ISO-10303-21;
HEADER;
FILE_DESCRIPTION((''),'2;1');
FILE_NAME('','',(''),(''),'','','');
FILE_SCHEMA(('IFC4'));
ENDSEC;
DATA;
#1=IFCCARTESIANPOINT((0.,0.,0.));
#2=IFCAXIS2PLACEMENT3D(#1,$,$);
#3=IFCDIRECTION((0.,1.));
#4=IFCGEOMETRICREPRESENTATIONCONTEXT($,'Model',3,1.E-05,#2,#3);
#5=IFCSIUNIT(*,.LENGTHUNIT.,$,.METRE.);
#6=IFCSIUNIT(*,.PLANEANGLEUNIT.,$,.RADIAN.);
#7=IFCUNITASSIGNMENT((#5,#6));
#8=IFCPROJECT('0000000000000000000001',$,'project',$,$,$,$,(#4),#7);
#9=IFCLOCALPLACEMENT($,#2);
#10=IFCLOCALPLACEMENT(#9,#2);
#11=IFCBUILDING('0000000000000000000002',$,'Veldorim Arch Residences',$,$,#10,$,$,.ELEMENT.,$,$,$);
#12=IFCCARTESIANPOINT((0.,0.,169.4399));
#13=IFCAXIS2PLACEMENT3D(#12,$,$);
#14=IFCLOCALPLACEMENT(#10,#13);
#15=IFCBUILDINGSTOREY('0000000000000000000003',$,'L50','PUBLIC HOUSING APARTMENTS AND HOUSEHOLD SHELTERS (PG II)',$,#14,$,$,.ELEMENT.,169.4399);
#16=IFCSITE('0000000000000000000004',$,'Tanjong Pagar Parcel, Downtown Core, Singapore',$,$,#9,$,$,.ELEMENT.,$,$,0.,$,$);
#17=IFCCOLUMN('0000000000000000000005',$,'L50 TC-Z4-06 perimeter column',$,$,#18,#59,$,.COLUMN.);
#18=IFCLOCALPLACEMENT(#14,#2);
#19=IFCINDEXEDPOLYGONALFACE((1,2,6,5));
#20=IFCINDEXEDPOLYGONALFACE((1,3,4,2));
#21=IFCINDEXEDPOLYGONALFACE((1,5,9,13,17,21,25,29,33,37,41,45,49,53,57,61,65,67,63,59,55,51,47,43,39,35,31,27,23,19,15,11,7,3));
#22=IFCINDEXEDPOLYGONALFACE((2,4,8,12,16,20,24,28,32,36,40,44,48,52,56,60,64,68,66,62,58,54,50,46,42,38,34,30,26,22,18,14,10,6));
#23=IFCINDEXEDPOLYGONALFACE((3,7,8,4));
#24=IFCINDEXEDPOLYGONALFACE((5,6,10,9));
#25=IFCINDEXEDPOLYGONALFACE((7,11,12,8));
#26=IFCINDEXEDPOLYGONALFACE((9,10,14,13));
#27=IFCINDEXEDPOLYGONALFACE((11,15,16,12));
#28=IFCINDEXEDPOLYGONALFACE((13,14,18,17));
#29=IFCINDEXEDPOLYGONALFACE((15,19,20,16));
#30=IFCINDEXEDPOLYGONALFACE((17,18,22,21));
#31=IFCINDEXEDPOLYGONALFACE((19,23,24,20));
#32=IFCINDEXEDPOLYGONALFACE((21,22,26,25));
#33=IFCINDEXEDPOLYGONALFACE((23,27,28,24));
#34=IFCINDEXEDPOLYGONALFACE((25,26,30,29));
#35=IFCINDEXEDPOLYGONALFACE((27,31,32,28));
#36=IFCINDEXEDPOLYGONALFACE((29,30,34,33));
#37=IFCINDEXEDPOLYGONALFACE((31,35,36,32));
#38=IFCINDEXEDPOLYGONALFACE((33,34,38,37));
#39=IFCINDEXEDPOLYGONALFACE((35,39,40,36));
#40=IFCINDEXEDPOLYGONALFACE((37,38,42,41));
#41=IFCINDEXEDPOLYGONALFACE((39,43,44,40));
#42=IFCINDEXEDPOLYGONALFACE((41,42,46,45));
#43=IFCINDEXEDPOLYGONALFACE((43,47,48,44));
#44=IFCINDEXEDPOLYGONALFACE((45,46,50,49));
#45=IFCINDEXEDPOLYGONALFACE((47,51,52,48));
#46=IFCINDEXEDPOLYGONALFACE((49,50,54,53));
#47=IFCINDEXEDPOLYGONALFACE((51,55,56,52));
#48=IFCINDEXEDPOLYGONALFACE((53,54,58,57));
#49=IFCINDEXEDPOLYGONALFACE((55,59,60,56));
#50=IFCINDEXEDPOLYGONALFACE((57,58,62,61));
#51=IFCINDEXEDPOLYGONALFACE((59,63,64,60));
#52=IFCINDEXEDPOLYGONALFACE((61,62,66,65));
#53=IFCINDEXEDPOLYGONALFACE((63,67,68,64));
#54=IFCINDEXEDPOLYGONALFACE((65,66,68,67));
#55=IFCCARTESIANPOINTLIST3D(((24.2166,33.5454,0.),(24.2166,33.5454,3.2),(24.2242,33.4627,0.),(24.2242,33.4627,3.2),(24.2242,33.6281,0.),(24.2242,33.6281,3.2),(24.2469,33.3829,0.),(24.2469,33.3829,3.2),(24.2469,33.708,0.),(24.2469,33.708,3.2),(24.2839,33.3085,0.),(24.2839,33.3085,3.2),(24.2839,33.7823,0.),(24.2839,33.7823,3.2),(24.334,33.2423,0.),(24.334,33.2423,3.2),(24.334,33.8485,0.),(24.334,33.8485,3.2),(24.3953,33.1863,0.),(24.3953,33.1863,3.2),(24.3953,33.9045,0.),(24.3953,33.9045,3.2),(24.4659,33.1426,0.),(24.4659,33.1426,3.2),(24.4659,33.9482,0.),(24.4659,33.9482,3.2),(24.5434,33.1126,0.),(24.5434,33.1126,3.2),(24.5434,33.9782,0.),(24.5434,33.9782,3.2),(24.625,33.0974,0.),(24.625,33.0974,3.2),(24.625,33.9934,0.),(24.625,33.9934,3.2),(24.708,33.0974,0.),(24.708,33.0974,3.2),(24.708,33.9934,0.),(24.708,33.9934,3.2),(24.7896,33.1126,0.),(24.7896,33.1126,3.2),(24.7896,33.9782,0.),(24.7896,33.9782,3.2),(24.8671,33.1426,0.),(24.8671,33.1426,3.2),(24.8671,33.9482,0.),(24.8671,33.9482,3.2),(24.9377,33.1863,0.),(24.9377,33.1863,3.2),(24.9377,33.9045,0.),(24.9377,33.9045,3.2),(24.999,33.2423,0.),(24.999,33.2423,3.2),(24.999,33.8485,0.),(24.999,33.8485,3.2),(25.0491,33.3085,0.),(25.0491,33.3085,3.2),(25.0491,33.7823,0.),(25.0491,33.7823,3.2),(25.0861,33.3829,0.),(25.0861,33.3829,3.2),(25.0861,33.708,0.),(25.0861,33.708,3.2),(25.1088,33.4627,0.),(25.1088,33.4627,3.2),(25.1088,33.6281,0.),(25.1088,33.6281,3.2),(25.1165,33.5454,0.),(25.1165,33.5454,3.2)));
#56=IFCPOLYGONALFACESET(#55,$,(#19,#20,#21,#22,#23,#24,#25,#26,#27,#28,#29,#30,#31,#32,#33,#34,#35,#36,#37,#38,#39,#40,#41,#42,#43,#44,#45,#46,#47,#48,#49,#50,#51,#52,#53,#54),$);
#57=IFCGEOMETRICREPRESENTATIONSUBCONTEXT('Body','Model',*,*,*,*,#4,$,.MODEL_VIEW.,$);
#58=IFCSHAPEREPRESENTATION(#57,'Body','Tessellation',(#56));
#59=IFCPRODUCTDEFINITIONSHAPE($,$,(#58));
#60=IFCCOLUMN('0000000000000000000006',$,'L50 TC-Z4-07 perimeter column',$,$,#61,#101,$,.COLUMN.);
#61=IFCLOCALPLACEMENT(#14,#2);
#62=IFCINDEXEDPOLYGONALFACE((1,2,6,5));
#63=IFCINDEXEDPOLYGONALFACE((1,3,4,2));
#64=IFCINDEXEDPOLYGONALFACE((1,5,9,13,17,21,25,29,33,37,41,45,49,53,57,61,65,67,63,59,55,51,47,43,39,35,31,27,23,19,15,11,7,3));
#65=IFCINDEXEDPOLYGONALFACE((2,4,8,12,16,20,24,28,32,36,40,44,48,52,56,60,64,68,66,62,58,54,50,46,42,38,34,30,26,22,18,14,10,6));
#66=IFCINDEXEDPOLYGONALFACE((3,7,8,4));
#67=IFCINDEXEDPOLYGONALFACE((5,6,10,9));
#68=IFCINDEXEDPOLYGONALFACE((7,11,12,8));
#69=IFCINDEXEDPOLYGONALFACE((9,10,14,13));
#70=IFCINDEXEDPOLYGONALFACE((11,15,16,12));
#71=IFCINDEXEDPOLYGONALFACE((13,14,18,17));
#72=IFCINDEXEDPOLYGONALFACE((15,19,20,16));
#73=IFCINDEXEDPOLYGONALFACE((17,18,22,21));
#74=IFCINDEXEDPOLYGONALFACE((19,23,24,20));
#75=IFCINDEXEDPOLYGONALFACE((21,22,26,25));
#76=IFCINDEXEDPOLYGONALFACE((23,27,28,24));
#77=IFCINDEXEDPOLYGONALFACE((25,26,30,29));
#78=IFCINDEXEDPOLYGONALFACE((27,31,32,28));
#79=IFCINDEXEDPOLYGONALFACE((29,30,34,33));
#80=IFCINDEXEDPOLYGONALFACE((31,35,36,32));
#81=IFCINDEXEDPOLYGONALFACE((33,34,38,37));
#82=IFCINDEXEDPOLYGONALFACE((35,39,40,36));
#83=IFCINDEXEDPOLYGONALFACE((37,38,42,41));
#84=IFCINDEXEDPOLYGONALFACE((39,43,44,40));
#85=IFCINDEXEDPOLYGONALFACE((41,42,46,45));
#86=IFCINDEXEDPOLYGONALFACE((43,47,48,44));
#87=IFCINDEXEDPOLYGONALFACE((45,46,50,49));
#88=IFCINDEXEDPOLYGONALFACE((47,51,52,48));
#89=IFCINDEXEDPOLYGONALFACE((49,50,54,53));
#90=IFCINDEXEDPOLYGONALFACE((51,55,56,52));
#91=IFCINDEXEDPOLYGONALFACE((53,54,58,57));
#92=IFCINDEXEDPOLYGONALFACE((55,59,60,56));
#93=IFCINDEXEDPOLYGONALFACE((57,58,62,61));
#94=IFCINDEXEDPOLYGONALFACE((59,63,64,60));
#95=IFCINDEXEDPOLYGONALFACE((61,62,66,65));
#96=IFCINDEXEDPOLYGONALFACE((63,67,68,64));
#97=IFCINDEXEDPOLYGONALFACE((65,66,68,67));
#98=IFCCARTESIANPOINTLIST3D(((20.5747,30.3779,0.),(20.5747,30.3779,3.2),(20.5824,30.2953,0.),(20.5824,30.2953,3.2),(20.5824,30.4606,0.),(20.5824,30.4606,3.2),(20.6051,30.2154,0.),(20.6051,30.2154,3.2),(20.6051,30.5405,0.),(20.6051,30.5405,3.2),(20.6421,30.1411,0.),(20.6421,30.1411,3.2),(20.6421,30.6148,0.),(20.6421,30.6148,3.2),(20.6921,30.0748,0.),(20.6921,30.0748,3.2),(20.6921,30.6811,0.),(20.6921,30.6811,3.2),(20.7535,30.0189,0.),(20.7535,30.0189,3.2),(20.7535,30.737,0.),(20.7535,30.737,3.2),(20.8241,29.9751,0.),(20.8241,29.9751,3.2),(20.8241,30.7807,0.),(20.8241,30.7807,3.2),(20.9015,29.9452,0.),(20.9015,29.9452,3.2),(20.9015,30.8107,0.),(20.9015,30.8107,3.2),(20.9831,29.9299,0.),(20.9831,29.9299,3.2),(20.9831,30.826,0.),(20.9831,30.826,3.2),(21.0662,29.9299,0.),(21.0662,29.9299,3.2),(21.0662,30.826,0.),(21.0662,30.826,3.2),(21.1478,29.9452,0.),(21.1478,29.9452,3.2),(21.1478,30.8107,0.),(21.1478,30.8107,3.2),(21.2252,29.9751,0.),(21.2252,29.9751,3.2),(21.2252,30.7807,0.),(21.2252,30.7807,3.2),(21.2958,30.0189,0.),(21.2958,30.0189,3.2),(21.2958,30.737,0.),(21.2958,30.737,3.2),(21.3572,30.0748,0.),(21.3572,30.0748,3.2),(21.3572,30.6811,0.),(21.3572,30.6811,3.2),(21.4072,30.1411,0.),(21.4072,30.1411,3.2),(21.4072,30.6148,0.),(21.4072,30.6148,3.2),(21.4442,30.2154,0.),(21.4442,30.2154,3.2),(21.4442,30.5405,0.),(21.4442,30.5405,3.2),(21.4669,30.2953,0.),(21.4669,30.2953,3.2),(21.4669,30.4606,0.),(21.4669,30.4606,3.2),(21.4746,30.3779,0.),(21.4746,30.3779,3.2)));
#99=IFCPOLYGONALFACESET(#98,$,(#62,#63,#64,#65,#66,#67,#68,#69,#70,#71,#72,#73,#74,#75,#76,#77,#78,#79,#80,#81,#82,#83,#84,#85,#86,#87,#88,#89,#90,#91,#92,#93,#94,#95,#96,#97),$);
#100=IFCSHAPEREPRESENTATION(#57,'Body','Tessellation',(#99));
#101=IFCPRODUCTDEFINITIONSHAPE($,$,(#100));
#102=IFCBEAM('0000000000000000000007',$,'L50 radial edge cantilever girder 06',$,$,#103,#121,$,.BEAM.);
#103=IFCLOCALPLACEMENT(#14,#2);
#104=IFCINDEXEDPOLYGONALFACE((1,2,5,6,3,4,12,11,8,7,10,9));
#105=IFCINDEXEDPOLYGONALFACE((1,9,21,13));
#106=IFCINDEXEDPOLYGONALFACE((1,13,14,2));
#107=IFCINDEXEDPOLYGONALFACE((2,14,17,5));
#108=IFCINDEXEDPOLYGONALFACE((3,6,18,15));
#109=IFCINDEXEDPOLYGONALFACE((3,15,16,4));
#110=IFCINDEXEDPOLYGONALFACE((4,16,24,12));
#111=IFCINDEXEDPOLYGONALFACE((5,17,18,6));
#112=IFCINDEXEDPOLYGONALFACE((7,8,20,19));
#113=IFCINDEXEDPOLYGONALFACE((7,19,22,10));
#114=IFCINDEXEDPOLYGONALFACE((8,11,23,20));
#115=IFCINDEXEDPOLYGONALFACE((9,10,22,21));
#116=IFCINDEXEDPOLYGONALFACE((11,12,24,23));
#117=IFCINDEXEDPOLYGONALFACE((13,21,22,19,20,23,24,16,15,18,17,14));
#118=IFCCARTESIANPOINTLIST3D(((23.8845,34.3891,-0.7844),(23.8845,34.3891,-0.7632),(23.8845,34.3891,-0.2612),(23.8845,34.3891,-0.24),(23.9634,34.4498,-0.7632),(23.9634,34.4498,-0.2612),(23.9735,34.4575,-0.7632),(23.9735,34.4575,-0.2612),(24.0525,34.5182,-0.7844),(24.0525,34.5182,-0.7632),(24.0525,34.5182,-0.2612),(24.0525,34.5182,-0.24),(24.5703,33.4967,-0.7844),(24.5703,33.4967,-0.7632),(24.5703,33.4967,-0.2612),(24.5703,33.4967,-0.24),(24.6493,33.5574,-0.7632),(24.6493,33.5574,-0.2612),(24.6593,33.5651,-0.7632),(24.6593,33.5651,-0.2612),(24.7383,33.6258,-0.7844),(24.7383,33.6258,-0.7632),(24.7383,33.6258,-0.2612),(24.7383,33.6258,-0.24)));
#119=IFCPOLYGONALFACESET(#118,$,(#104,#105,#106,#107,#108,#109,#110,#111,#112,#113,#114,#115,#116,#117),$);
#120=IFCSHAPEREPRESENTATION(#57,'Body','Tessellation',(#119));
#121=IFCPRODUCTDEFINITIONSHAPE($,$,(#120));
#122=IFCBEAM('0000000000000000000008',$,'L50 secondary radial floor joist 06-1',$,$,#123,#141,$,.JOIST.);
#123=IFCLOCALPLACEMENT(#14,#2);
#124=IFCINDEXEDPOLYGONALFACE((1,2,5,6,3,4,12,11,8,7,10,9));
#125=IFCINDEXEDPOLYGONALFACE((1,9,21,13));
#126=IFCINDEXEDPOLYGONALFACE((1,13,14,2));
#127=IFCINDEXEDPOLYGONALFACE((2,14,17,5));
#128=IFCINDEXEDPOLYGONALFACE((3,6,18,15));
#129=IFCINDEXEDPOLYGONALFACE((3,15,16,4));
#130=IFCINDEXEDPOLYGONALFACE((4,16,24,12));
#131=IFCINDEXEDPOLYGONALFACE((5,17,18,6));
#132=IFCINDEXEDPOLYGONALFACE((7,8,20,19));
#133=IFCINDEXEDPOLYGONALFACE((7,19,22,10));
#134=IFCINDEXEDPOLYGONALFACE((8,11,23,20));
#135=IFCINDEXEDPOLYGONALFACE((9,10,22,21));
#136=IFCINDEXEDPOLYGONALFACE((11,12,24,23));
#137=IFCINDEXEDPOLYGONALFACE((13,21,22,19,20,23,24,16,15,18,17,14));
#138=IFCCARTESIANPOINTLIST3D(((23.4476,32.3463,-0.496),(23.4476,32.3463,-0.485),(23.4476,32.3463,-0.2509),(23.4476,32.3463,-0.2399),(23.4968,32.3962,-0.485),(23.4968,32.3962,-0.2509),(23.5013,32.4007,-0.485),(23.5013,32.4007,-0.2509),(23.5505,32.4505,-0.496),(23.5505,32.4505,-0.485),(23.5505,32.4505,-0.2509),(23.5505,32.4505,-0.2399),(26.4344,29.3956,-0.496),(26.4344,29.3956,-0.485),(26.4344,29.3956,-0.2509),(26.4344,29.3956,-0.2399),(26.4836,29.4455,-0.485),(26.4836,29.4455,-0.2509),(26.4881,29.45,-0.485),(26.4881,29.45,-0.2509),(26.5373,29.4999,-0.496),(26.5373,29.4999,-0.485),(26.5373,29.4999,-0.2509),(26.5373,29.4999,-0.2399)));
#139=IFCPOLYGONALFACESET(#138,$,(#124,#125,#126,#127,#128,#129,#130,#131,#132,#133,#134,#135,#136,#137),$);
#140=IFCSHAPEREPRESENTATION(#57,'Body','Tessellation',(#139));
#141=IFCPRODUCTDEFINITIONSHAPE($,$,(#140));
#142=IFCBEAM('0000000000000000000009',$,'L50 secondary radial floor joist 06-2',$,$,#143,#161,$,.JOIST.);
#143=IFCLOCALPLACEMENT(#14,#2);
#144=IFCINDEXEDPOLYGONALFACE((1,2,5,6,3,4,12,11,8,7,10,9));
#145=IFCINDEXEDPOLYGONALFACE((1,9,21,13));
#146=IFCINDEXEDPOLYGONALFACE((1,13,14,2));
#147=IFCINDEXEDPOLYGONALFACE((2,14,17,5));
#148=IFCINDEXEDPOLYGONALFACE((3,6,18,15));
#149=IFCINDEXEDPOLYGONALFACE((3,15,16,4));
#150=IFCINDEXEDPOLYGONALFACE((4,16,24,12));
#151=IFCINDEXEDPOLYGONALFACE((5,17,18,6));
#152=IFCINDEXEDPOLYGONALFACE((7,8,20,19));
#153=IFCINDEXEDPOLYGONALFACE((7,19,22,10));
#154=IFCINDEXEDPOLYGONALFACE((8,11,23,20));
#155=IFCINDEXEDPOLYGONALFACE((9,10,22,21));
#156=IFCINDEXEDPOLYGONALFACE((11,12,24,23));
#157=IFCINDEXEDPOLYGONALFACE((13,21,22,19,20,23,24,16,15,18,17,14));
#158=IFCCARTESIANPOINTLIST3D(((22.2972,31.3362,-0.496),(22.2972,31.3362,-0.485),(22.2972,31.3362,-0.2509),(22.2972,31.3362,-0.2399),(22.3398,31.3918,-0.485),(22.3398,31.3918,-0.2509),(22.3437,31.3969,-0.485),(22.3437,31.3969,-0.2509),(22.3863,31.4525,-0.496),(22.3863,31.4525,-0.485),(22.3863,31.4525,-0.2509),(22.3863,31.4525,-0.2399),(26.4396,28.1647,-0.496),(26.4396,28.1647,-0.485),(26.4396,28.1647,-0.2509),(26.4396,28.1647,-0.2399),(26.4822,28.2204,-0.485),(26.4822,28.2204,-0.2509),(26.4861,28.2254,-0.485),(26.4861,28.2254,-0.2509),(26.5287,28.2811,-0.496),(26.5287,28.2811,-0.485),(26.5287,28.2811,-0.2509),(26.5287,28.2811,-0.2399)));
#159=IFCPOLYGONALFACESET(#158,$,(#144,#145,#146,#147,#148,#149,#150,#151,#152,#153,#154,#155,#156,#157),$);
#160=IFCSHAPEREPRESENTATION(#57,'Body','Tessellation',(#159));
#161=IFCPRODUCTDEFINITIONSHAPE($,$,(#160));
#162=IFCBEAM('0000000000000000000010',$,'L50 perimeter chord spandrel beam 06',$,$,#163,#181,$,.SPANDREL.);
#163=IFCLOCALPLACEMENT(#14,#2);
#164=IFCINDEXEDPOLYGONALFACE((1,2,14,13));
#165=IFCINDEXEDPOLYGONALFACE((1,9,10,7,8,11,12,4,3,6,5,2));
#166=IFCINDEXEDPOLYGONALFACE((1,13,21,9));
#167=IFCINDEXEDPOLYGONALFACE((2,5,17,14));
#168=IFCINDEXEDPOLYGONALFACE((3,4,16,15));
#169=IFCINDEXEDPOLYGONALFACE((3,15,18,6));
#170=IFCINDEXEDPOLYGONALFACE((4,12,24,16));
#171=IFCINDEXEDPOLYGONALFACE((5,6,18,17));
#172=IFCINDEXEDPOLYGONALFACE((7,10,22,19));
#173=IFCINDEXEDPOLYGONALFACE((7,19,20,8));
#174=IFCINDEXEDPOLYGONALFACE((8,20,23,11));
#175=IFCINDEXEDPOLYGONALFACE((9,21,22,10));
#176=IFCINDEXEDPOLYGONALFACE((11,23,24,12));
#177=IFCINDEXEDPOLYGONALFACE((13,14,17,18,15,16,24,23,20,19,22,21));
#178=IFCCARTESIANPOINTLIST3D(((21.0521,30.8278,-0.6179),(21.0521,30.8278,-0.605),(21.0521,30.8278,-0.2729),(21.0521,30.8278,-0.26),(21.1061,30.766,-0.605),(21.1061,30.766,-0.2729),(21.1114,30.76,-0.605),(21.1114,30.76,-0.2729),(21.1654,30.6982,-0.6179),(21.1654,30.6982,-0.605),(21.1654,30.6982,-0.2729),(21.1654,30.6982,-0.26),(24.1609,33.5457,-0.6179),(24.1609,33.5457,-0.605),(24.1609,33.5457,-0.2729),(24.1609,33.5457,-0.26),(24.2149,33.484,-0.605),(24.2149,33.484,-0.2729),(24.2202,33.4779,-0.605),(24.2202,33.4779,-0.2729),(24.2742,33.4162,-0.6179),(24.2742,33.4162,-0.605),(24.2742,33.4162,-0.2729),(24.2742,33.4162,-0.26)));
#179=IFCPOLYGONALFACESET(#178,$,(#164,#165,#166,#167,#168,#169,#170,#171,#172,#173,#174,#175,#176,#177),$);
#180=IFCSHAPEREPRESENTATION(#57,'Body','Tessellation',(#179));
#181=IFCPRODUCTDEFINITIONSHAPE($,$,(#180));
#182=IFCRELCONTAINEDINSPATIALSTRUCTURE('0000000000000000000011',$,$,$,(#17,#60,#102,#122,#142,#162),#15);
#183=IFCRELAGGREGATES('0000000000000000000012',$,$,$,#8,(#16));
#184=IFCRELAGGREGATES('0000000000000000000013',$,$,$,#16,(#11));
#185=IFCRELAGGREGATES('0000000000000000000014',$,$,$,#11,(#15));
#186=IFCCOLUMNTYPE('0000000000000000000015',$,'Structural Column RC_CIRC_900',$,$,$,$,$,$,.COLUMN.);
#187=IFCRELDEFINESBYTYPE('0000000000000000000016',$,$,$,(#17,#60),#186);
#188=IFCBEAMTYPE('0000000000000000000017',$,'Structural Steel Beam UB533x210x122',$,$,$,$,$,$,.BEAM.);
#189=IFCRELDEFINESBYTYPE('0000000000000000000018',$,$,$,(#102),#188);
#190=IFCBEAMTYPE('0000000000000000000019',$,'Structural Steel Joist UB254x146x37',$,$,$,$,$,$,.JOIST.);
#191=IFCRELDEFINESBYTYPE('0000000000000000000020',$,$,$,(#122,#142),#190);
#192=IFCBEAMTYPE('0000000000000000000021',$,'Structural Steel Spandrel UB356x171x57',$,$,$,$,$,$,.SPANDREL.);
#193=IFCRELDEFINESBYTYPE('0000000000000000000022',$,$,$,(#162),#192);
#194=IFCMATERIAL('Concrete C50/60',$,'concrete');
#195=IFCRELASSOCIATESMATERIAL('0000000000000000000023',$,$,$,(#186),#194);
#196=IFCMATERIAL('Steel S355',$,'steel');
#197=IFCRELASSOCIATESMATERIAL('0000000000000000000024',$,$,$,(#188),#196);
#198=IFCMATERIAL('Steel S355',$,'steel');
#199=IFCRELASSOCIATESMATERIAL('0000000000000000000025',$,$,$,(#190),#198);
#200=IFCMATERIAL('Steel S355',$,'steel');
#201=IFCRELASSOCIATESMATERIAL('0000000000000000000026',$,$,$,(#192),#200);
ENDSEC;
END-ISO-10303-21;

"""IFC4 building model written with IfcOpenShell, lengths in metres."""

from ifc_helpers import new_model, si_unit, direction, frame, origin, origin_2d, place, context, subcontext, project, spatial, circle, i_section, extrude, material, material_profile, profile_set, type_object, element, save


model = new_model("IFC4")

# Units and contexts
model_context = context("Model", 3, precision=1e-05, world=origin(), true_north=direction((0.0, 1.0)))
body_context = subcontext(model_context, "Body", "Model", "MODEL_VIEW")
ifc_project = project(units=[si_unit("LENGTHUNIT", "METRE"), si_unit("PLANEANGLEUNIT", "RADIAN")], contexts=[model_context])

# Site, building, storey
site_placement = place(None, origin())
site = spatial("IfcSite", under=ifc_project, at=site_placement, Name="Tanjong Pagar Parcel, Downtown Core, Singapore", CompositionType="ELEMENT", RefElevation=0.0)
building_placement = place(site_placement, origin())
building = spatial("IfcBuilding", under=site, at=building_placement, Name="Veldorim Arch Residences", CompositionType="ELEMENT")
storey_placement = place(building_placement, frame((0.0, 0.0, 169.4399)))
storey = spatial("IfcBuildingStorey", under=building, at=storey_placement, Name="L50", Description="PUBLIC HOUSING APARTMENTS AND HOUSEHOLD SHELTERS (PG II)", CompositionType="ELEMENT", Elevation=169.4399)

# Columns
ifc_material_1 = material(Name="Concrete C50/60", Category="concrete")
ifc_material_profile_1 = material_profile(ifc_material_1, circle(Radius=0.45, at=origin_2d()), Name="RC_CIRC_900")
ifc_profile_set_1 = profile_set([ifc_material_profile_1], Name="Concrete C50/60")
column_type = type_object("IfcColumnType", Name="Structural Column RC_CIRC_900", PredefinedType="COLUMN", material=ifc_profile_set_1)
for number, where, z_axis, x_axis, name in (
    (1, (24.6665, 33.5454, 0.0), (0.0, 0.0, 1.0), (1.0, 0.0, 0.0), "L50 TC-Z4-06 perimeter column"),
    (2, (21.0247, 30.3779, 0.0), (0.0, 0.0, 1.0), (1.0, 0.0, 0.0), "L50 TC-Z4-07 perimeter column"),
):
    element("IfcColumn", number, at=place(storey_placement, frame(where, z_axis=z_axis, x_axis=x_axis)), inside=storey, type_object=column_type, Name=name, PredefinedType="COLUMN", context=body_context, shape_type="SweptSolid", body=[
        extrude(circle(Radius=0.45, at=origin_2d()), origin(), (0.0, 0.0, 1.0), 3.2),
    ])

# Beams
ifc_material_2 = material(Name="Steel S355", Category="steel")
ifc_material_profile_2 = material_profile(ifc_material_2, i_section(OverallWidth=0.2119, OverallDepth=0.5444, WebThickness=0.0127, FlangeThickness=0.0212, at=origin_2d()), Name="UB533x210x122")
ifc_profile_set_2 = profile_set([ifc_material_profile_2], Name="Steel S355")
beam_type_1 = type_object("IfcBeamType", Name="Structural Steel Beam UB533x210x122", PredefinedType="BEAM", material=ifc_profile_set_2)
beam_1_placement = place(storey_placement, frame((24.6543, 33.5613, -0.5122), z_axis=(-0.609365, 0.79289, 0.0), x_axis=(-0.79289, -0.609365, 0.0)))
element("IfcBeam", 3, at=beam_1_placement, inside=storey, type_object=beam_type_1, Name="L50 radial edge cantilever girder 06", PredefinedType="BEAM", context=body_context, shape_type="SweptSolid", body=[
    extrude(i_section(OverallWidth=0.2119, OverallDepth=0.5444, WebThickness=0.0127, FlangeThickness=0.0212, at=origin_2d()), origin(), (0.0, 0.0, 1.0), 1.1255),
])
ifc_material_3 = material(Name="Steel S355", Category="steel")
ifc_material_profile_3 = material_profile(ifc_material_3, i_section(OverallWidth=0.1465, OverallDepth=0.2561, WebThickness=0.0063, FlangeThickness=0.011, at=origin_2d()), Name="UB254x146x37")
ifc_profile_set_3 = profile_set([ifc_material_profile_3], Name="Steel S355")
beam_type_2 = type_object("IfcBeamType", Name="Structural Steel Joist UB254x146x37", PredefinedType="JOIST", material=ifc_profile_set_3)
beam_2_placement = place(storey_placement, frame((26.4858, 29.4478, -0.3679), z_axis=(-0.711397, 0.702791, 0.0), x_axis=(-0.702791, -0.711397, 0.0)))
element("IfcBeam", 4, at=beam_2_placement, inside=storey, type_object=beam_type_2, Name="L50 secondary radial floor joist 06-1", PredefinedType="JOIST", context=body_context, shape_type="SweptSolid", body=[
    extrude(i_section(OverallWidth=0.1465, OverallDepth=0.2561, WebThickness=0.0063, FlangeThickness=0.011, at=origin_2d()), origin(), (0.0, 0.0, 1.0), 4.1985),
])
beam_3_placement = place(storey_placement, frame((26.4841, 28.2229, -0.3679), z_axis=(-0.794014, 0.6079, 0.0), x_axis=(-0.6079, -0.794014, 0.0)))
element("IfcBeam", 5, at=beam_3_placement, inside=storey, type_object=beam_type_2, Name="L50 secondary radial floor joist 06-2", PredefinedType="JOIST", context=body_context, shape_type="SweptSolid", body=[
    extrude(i_section(OverallWidth=0.1465, OverallDepth=0.2561, WebThickness=0.0063, FlangeThickness=0.011, at=origin_2d()), origin(), (0.0, 0.0, 1.0), 5.217),
])
ifc_material_4 = material(Name="Steel S355", Category="steel")
ifc_material_profile_4 = material_profile(ifc_material_4, i_section(OverallWidth=0.1721, OverallDepth=0.3579, WebThickness=0.0081, FlangeThickness=0.0129, at=origin_2d()), Name="UB356x171x57")
ifc_profile_set_4 = profile_set([ifc_material_profile_4], Name="Steel S355")
beam_type_3 = type_object("IfcBeamType", Name="Structural Steel Spandrel UB356x171x57", PredefinedType="SPANDREL", material=ifc_profile_set_4)
beam_4_placement = place(storey_placement, frame((24.2175, 33.481, -0.439), z_axis=(-0.752848, -0.658195, 0.0), x_axis=(0.658195, -0.752848, 0.0)))
element("IfcBeam", 6, at=beam_4_placement, inside=storey, type_object=beam_type_3, Name="L50 perimeter chord spandrel beam 06", PredefinedType="SPANDREL", context=body_context, shape_type="SweptSolid", body=[
    extrude(i_section(OverallWidth=0.1721, OverallDepth=0.3579, WebThickness=0.0081, FlangeThickness=0.0129, at=origin_2d()), origin(), (0.0, 0.0, 1.0), 4.1294),
])

save(model, "model.ifc")
